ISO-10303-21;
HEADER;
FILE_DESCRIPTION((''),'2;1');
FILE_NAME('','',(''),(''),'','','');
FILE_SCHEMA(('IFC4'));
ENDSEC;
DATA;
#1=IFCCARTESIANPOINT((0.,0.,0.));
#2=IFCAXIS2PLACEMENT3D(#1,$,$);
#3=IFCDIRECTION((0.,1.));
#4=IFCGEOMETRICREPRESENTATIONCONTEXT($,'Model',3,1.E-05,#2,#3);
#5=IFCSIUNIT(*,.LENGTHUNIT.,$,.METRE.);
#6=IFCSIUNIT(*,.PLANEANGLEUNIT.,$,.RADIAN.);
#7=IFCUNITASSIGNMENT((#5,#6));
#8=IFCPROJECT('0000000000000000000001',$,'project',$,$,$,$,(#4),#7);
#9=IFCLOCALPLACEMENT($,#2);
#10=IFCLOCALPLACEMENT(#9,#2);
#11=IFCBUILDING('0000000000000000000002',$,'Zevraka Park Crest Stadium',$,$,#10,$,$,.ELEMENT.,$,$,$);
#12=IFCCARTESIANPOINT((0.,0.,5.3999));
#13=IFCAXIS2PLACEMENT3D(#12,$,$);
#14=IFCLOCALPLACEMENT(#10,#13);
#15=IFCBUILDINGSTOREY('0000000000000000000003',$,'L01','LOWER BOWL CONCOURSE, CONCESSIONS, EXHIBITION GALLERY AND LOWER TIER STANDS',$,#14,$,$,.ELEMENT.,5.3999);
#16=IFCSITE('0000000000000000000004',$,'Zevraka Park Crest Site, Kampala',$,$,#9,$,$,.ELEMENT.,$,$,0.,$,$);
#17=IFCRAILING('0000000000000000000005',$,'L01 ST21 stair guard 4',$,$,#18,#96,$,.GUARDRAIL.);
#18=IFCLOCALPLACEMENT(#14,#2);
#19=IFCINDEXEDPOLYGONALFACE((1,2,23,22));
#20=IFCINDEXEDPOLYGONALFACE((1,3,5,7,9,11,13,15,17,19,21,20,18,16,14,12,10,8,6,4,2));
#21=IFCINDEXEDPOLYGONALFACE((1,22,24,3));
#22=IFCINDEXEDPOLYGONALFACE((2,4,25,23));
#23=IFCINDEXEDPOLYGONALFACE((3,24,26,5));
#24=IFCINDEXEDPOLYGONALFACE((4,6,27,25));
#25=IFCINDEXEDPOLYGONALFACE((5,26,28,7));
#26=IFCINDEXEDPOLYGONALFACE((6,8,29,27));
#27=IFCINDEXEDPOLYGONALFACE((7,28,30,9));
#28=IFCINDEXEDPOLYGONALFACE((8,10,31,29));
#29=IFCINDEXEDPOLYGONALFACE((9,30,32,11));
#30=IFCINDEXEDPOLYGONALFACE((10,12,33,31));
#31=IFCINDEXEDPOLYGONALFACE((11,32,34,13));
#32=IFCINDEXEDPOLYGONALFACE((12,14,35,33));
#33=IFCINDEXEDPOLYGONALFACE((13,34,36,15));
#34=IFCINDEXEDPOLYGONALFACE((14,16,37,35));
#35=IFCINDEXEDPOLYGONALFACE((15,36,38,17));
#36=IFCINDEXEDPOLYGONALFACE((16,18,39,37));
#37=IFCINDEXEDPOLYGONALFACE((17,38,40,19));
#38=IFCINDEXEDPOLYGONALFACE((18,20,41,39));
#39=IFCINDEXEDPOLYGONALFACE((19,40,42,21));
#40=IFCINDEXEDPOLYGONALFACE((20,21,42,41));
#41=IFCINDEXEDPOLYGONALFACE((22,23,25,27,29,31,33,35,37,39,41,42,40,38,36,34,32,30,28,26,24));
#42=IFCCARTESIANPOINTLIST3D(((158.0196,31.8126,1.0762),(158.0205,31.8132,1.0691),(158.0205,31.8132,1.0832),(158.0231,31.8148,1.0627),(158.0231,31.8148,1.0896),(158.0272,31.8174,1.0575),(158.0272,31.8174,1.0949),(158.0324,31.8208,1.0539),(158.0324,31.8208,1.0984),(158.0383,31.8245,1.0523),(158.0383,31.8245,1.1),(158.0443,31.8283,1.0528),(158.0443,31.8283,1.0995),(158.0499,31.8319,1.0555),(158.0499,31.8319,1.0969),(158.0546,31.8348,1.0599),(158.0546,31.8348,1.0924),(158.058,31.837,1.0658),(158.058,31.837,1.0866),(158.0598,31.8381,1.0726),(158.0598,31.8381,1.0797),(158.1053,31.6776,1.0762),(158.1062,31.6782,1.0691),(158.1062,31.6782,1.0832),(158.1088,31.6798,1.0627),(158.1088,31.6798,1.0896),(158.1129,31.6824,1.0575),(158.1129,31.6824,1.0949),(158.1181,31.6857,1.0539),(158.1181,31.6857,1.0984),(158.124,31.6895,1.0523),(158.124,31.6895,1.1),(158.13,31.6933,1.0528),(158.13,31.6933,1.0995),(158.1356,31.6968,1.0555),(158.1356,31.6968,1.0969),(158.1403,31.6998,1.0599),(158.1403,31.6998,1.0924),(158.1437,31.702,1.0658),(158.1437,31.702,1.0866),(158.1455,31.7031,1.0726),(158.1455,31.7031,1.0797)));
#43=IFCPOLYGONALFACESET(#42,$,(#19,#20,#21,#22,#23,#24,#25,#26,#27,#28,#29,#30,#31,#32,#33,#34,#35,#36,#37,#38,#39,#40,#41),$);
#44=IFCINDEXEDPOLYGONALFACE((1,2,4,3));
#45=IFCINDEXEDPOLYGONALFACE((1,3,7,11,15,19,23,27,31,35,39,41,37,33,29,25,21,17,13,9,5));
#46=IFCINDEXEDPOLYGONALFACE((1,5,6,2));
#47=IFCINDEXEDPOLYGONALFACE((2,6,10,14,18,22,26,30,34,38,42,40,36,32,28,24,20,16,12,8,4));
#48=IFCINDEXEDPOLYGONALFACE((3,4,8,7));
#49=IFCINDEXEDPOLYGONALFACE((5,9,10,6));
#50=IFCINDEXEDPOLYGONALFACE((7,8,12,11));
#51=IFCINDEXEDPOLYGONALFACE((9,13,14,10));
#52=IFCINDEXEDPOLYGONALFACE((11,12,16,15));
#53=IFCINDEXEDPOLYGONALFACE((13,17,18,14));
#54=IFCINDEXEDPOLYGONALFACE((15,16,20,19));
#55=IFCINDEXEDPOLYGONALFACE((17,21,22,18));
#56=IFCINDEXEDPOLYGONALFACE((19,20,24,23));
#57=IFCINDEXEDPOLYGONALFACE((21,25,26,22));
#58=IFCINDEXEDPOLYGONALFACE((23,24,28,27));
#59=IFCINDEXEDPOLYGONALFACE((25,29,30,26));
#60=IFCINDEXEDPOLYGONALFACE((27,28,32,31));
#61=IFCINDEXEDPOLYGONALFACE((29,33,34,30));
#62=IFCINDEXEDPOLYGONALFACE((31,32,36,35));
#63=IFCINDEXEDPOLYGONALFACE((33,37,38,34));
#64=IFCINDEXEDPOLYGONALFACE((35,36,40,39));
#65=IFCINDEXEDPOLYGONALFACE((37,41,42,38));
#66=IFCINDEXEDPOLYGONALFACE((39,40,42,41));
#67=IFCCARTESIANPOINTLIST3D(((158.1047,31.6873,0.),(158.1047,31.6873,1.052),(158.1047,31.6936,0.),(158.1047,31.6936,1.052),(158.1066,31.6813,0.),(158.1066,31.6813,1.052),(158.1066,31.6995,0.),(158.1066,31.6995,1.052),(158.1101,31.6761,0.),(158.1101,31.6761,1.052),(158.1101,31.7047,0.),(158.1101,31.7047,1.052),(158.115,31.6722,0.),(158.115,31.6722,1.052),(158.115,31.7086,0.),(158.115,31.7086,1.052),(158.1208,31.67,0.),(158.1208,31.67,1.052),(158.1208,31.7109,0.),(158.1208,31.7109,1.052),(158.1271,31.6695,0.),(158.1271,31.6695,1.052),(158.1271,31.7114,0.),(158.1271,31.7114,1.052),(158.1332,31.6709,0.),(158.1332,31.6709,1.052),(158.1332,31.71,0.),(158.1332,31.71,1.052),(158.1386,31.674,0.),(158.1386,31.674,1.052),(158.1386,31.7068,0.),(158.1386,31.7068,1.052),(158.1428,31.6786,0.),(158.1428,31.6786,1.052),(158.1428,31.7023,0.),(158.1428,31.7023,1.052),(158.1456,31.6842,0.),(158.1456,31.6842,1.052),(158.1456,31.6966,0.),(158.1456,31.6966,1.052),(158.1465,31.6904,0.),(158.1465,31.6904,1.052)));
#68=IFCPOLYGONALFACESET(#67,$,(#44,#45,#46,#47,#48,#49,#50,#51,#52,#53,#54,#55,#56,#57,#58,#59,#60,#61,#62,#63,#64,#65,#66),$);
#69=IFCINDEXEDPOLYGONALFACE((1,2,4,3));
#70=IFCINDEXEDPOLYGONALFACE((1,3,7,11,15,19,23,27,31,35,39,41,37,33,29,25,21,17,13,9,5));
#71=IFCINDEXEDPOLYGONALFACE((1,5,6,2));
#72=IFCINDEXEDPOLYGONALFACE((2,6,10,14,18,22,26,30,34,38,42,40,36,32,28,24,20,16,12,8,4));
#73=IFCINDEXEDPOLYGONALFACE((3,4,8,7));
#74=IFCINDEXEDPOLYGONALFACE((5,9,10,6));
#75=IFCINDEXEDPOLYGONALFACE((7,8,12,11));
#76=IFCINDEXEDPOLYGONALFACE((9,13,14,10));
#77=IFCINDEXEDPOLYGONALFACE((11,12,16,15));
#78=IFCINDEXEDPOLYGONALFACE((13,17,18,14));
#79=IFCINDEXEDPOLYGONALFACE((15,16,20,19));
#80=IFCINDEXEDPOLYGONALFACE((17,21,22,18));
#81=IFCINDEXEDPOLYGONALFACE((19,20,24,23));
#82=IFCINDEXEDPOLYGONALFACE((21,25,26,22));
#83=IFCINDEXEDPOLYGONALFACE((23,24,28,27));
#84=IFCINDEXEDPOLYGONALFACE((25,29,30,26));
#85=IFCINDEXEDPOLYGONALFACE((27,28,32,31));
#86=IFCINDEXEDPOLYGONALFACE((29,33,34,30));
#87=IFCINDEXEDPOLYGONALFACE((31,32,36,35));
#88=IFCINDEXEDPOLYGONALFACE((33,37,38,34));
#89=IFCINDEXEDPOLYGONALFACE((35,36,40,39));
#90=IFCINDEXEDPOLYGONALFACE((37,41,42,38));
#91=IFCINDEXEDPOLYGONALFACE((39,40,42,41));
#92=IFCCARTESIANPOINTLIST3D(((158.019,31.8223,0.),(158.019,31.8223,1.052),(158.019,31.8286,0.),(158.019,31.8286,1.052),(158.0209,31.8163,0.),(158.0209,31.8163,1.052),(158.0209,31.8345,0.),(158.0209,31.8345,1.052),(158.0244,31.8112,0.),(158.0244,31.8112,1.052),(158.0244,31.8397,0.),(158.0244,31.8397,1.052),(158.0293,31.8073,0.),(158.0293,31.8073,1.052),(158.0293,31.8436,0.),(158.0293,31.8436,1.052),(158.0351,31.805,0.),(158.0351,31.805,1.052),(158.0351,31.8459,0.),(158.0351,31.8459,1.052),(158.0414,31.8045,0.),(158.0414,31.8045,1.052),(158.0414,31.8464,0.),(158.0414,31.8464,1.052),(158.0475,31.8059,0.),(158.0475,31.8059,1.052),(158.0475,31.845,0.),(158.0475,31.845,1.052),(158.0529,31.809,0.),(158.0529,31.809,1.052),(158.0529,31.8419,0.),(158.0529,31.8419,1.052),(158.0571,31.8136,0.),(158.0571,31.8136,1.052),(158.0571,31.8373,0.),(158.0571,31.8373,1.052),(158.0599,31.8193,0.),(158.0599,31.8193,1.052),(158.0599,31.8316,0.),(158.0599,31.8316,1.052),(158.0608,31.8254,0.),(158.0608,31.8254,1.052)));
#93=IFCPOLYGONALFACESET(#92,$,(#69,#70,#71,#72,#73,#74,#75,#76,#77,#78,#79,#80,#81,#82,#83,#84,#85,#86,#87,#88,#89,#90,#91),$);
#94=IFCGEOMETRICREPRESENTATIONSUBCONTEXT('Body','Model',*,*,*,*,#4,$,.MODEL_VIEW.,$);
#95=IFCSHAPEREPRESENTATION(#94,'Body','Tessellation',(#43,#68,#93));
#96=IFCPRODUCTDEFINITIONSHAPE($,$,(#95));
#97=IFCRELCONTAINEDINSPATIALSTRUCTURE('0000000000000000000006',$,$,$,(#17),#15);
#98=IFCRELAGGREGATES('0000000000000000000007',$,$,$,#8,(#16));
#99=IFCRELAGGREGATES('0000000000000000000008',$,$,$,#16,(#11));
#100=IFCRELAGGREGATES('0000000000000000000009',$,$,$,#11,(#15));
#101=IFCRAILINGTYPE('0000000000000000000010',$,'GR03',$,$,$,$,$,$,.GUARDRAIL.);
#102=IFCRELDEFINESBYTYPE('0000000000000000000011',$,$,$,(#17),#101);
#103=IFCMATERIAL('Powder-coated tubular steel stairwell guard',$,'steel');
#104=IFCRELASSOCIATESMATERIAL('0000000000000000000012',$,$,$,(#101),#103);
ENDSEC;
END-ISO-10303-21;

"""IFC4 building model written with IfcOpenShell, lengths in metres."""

from ifc_helpers import new_model, si_unit, direction, frame, origin, origin_2d, place, context, subcontext, project, spatial, circle, extrude, material, type_object, element, save


model = new_model("IFC4")

# Units and contexts
model_context = context("Model", 3, precision=1e-05, world=origin(), true_north=direction((0.0, 1.0)))
body_context = subcontext(model_context, "Body", "Model", "MODEL_VIEW")
ifc_project = project(units=[si_unit("LENGTHUNIT", "METRE"), si_unit("PLANEANGLEUNIT", "RADIAN")], contexts=[model_context])

# Site, building, storey
site_placement = place(None, origin())
site = spatial("IfcSite", under=ifc_project, at=site_placement, Name="Zevraka Park Crest Site, Kampala", CompositionType="ELEMENT", RefElevation=0.0)
building_placement = place(site_placement, origin())
building = spatial("IfcBuilding", under=site, at=building_placement, Name="Zevraka Park Crest Stadium", CompositionType="ELEMENT")
storey_placement = place(building_placement, frame((0.0, 0.0, 5.3999)))
storey = spatial("IfcBuildingStorey", under=building, at=storey_placement, Name="L01", Description="LOWER BOWL CONCOURSE, CONCESSIONS, EXHIBITION GALLERY AND LOWER TIER STANDS", CompositionType="ELEMENT", Elevation=5.3999)

# Railing
ifc_material_1 = material(Name="Powder-coated tubular steel stairwell guard", Category="steel")
railing_type_1 = type_object("IfcRailingType", Name="GR03", PredefinedType="GUARDRAIL", material=ifc_material_1)
railing_1_placement = place(storey_placement, frame((158.1255, 31.6904, 0.0)))
element("IfcRailing", 1, at=railing_1_placement, inside=storey, type_object=railing_type_1, Name="L01 ST21 stair guard 4", PredefinedType="GUARDRAIL", context=body_context, shape_type="SweptSolid", body=[
    extrude(circle(Radius=0.0239, at=origin_2d()), frame((0.0, 0.0, 1.0762), z_axis=(-0.535887, 0.84429, 0.0), x_axis=(-0.84429, -0.535887, 0.0)), (0.0, 0.0, 1.0), 0.1599),
    extrude(circle(Radius=0.021, at=origin_2d()), origin(), (0.0, 0.0, 1.0), 1.052),
    extrude(circle(Radius=0.021, at=origin_2d()), frame((-0.0857, 0.135, 0.0)), (0.0, 0.0, 1.0), 1.052),
])

save(model, "model.ifc")
